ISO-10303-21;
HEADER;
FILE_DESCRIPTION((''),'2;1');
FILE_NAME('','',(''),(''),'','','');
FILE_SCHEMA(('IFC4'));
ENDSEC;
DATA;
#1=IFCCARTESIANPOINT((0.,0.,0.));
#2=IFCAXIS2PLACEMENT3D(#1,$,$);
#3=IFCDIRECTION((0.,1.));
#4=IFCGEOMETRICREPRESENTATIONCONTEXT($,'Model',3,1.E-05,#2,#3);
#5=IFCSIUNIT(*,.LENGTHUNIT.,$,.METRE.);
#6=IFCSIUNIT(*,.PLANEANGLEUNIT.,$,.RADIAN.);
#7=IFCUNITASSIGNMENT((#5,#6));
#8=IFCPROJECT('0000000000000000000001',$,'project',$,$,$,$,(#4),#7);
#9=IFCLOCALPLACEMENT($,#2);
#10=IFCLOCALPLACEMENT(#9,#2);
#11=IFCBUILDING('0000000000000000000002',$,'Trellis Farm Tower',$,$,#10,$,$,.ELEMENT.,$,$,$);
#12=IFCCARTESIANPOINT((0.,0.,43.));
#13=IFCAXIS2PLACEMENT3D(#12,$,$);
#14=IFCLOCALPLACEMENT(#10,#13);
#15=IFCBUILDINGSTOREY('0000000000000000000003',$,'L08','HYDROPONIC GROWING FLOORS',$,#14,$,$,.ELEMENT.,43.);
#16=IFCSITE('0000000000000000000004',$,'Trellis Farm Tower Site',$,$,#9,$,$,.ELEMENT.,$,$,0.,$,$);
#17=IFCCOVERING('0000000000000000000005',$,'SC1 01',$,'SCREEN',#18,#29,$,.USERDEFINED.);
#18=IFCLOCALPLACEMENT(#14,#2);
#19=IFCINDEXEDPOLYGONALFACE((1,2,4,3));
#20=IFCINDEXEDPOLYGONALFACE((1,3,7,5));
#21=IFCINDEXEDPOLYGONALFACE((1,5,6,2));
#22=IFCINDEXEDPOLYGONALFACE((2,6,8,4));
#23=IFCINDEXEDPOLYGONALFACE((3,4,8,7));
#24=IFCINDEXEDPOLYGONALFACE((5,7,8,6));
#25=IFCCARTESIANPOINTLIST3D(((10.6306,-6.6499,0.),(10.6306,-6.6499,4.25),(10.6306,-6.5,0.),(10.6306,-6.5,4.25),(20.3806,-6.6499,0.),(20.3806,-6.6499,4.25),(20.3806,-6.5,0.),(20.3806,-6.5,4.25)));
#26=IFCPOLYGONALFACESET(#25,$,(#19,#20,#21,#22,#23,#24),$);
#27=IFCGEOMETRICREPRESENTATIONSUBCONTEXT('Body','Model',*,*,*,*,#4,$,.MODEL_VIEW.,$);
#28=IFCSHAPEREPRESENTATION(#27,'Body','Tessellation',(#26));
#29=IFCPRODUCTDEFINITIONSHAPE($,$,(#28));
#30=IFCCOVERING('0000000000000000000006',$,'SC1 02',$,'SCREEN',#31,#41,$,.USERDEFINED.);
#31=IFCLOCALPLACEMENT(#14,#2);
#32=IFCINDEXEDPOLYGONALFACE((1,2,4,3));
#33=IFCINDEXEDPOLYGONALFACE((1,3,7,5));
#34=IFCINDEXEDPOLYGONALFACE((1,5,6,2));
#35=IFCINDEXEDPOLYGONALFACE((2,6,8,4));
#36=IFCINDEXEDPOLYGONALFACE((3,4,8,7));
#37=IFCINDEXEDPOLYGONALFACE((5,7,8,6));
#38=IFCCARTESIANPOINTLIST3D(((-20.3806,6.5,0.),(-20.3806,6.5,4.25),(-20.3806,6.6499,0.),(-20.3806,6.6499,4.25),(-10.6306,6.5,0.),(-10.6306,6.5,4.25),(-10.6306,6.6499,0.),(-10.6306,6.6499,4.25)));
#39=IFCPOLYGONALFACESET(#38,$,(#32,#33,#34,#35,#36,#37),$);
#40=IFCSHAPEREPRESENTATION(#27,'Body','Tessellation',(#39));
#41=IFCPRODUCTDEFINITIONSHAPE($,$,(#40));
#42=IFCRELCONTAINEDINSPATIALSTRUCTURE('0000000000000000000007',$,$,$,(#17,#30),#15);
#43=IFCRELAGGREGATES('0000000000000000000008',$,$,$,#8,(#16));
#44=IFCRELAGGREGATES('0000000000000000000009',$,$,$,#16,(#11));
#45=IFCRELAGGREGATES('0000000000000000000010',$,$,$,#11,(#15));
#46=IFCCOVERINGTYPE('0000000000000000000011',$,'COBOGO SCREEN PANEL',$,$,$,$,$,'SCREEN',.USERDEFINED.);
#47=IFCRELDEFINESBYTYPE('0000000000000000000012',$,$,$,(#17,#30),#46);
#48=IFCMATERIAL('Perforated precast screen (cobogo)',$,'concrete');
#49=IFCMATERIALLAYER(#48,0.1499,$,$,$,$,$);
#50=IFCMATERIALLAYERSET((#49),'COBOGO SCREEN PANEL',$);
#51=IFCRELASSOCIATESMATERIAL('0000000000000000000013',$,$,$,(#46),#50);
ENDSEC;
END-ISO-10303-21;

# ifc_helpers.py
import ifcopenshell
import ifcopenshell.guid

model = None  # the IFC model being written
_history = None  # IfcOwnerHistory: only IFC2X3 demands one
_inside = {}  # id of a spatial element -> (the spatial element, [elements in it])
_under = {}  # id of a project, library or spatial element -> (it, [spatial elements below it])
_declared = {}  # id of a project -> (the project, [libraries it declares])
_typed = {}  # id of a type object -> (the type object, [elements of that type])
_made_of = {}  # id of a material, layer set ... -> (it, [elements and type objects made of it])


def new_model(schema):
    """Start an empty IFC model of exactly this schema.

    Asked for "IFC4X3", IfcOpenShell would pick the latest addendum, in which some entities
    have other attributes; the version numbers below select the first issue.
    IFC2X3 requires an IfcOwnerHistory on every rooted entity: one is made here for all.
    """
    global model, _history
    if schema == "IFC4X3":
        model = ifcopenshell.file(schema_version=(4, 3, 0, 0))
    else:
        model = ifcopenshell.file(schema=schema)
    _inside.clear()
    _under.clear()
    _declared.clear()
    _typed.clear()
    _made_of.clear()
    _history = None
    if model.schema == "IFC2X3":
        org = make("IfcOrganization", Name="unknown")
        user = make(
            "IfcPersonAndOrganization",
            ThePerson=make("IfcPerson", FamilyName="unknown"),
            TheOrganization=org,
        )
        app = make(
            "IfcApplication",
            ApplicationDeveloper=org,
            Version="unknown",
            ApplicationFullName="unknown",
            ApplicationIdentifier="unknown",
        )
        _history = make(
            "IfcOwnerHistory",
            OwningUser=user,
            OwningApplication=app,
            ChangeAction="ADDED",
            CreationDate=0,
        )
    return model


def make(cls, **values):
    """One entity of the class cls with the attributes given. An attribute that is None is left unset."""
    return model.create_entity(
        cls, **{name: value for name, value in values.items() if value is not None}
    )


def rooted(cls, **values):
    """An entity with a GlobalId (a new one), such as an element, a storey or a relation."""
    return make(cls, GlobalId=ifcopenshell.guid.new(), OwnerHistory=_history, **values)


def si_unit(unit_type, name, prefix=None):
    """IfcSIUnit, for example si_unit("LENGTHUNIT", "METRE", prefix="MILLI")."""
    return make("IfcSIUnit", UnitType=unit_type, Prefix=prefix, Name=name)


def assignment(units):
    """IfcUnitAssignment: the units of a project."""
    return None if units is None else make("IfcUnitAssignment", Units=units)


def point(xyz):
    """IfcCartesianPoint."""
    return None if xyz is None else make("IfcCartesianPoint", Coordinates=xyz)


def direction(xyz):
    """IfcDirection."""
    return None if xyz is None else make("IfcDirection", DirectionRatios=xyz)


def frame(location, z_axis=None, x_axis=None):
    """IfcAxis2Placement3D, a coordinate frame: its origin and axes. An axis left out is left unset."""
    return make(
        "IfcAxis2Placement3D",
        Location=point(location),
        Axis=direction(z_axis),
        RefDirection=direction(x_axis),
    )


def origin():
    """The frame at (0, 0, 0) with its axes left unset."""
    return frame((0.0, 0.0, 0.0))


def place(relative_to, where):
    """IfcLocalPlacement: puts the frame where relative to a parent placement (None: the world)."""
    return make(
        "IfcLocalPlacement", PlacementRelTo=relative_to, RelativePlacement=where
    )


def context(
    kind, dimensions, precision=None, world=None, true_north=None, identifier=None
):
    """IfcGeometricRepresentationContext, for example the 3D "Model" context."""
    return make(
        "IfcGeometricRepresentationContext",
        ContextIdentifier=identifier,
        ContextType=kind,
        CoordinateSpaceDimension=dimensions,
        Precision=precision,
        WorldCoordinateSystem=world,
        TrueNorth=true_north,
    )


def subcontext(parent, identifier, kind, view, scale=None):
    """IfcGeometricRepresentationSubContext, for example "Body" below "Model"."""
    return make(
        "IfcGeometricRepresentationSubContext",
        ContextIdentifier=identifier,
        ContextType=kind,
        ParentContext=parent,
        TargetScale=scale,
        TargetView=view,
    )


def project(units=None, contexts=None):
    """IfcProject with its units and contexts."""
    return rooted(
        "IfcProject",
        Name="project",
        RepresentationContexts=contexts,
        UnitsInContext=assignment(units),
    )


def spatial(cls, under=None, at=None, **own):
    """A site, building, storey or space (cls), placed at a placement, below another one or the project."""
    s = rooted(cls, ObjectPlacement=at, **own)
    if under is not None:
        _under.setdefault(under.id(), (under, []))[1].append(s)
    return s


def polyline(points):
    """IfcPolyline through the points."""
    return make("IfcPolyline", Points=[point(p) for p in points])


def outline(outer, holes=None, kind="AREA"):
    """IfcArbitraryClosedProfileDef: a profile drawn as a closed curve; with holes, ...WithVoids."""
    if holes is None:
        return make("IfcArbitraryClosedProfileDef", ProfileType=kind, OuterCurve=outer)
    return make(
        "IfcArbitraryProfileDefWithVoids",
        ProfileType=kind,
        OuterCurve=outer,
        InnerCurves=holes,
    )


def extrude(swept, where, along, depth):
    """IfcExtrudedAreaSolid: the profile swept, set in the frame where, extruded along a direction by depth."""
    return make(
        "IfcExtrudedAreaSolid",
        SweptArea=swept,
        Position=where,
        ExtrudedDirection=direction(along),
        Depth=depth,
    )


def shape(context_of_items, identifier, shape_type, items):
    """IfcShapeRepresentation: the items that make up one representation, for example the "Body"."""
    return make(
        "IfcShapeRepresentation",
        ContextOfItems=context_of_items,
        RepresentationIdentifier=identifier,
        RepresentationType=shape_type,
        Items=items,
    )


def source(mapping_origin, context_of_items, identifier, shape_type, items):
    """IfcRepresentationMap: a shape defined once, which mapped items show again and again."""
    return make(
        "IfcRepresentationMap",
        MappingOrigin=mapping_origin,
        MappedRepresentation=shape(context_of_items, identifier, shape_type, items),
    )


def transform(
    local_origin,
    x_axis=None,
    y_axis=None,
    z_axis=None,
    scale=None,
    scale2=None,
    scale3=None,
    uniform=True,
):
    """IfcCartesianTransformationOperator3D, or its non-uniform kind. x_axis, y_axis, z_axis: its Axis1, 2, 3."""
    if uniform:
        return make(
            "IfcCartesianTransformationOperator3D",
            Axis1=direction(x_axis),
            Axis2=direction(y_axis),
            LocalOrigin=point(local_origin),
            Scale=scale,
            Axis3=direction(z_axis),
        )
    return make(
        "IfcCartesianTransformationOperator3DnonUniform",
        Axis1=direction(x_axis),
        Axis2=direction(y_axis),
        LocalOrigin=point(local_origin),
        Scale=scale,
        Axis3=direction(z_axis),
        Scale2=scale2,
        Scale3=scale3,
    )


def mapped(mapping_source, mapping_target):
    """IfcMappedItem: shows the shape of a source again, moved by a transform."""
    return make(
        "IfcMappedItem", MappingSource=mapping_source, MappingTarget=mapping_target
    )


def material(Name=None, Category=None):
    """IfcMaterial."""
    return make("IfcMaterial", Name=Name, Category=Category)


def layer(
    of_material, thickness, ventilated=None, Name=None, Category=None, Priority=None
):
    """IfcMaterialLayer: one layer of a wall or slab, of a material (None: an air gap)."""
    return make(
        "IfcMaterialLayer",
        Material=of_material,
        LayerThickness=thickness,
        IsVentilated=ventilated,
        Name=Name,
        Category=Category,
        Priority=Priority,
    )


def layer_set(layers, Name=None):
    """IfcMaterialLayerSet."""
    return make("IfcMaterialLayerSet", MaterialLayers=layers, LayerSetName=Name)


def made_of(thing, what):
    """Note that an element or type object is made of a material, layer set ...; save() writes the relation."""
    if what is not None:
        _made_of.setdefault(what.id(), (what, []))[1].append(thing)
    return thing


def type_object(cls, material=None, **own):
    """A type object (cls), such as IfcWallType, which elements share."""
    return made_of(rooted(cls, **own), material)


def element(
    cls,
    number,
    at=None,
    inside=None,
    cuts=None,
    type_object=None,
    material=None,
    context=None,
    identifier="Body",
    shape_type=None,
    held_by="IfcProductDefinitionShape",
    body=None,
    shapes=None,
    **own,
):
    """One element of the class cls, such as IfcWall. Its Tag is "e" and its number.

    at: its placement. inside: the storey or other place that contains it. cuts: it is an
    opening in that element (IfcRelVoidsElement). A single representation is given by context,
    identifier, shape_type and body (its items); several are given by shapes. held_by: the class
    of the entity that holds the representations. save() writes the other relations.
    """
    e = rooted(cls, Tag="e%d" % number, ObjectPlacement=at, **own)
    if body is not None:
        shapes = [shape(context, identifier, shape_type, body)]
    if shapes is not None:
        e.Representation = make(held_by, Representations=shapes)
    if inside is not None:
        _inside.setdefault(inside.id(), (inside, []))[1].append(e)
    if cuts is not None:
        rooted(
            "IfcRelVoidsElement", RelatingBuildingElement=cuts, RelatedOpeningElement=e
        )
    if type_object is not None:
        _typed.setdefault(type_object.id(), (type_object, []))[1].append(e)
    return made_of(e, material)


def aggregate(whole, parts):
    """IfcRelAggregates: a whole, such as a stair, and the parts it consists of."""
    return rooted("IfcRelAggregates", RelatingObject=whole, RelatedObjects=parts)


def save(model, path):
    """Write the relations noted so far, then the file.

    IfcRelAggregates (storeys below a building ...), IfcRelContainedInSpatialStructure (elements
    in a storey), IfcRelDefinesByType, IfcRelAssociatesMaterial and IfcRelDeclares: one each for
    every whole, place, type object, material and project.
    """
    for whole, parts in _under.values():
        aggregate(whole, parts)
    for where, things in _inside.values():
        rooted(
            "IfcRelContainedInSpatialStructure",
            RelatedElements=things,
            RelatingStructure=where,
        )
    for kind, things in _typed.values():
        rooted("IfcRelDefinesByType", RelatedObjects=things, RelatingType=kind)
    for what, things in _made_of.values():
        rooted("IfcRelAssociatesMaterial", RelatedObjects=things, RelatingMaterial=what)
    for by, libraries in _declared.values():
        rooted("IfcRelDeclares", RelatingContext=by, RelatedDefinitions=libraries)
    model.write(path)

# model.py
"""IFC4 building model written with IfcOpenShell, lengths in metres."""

from ifc_helpers import new_model, si_unit, direction, frame, origin, place, context, subcontext, project, spatial, polyline, outline, extrude, source, transform, mapped, material, layer, layer_set, type_object, element, save


model = new_model("IFC4")

# Units and contexts
model_context = context("Model", 3, precision=1e-05, world=origin(), true_north=direction((0.0, 1.0)))
body_context = subcontext(model_context, "Body", "Model", "MODEL_VIEW")
ifc_project = project(units=[si_unit("LENGTHUNIT", "METRE"), si_unit("PLANEANGLEUNIT", "RADIAN")], contexts=[model_context])

# Site, building, storey
site_placement = place(None, origin())
site = spatial("IfcSite", under=ifc_project, at=site_placement, Name="Trellis Farm Tower Site", CompositionType="ELEMENT", RefElevation=0.0)
building_placement = place(site_placement, origin())
building = spatial("IfcBuilding", under=site, at=building_placement, Name="Trellis Farm Tower", CompositionType="ELEMENT")
storey_placement = place(building_placement, frame((0.0, 0.0, 43.0)))
storey = spatial("IfcBuildingStorey", under=building, at=storey_placement, Name="L08", Description="HYDROPONIC GROWING FLOORS", CompositionType="ELEMENT", Elevation=43.0)

# Shared definitions
placement = place(storey_placement, origin())

# Coverings
ifc_material_1 = material(Name="Perforated precast screen (cobogo)", Category="concrete")
ifc_layer_1 = layer(ifc_material_1, 0.1499)
ifc_layer_set_1 = layer_set([ifc_layer_1], Name="COBOGO SCREEN PANEL")
covering_type = type_object("IfcCoveringType", Name="COBOGO SCREEN PANEL", ElementType="SCREEN", PredefinedType="USERDEFINED", material=ifc_layer_set_1)
shared_shape_1 = source(origin(), body_context, "Body", "SweptSolid", [
    extrude(outline(polyline([(10.6306, -6.6499), (20.3806, -6.6499), (20.3806, -6.5), (10.6306, -6.5), (10.6306, -6.6499)])), origin(), (0.0, 0.0, 1.0), 4.25),
])
element("IfcCovering", 1, at=placement, inside=storey, type_object=covering_type, Name="SC1 01", ObjectType="SCREEN", PredefinedType="USERDEFINED", context=body_context, shape_type="MappedRepresentation", body=[
    mapped(shared_shape_1, transform((0.0, 0.0, 0.0))),
])
shared_shape_2 = source(origin(), body_context, "Body", "SweptSolid", [
    extrude(outline(polyline([(-10.6306, 6.6499), (-20.3806, 6.6499), (-20.3806, 6.5), (-10.6306, 6.5), (-10.6306, 6.6499)])), origin(), (0.0, 0.0, 1.0), 4.25),
])
element("IfcCovering", 2, at=placement, inside=storey, type_object=covering_type, Name="SC1 02", ObjectType="SCREEN", PredefinedType="USERDEFINED", context=body_context, shape_type="MappedRepresentation", body=[
    mapped(shared_shape_2, transform((0.0, 0.0, 0.0))),
])

save(model, "model.ifc")
